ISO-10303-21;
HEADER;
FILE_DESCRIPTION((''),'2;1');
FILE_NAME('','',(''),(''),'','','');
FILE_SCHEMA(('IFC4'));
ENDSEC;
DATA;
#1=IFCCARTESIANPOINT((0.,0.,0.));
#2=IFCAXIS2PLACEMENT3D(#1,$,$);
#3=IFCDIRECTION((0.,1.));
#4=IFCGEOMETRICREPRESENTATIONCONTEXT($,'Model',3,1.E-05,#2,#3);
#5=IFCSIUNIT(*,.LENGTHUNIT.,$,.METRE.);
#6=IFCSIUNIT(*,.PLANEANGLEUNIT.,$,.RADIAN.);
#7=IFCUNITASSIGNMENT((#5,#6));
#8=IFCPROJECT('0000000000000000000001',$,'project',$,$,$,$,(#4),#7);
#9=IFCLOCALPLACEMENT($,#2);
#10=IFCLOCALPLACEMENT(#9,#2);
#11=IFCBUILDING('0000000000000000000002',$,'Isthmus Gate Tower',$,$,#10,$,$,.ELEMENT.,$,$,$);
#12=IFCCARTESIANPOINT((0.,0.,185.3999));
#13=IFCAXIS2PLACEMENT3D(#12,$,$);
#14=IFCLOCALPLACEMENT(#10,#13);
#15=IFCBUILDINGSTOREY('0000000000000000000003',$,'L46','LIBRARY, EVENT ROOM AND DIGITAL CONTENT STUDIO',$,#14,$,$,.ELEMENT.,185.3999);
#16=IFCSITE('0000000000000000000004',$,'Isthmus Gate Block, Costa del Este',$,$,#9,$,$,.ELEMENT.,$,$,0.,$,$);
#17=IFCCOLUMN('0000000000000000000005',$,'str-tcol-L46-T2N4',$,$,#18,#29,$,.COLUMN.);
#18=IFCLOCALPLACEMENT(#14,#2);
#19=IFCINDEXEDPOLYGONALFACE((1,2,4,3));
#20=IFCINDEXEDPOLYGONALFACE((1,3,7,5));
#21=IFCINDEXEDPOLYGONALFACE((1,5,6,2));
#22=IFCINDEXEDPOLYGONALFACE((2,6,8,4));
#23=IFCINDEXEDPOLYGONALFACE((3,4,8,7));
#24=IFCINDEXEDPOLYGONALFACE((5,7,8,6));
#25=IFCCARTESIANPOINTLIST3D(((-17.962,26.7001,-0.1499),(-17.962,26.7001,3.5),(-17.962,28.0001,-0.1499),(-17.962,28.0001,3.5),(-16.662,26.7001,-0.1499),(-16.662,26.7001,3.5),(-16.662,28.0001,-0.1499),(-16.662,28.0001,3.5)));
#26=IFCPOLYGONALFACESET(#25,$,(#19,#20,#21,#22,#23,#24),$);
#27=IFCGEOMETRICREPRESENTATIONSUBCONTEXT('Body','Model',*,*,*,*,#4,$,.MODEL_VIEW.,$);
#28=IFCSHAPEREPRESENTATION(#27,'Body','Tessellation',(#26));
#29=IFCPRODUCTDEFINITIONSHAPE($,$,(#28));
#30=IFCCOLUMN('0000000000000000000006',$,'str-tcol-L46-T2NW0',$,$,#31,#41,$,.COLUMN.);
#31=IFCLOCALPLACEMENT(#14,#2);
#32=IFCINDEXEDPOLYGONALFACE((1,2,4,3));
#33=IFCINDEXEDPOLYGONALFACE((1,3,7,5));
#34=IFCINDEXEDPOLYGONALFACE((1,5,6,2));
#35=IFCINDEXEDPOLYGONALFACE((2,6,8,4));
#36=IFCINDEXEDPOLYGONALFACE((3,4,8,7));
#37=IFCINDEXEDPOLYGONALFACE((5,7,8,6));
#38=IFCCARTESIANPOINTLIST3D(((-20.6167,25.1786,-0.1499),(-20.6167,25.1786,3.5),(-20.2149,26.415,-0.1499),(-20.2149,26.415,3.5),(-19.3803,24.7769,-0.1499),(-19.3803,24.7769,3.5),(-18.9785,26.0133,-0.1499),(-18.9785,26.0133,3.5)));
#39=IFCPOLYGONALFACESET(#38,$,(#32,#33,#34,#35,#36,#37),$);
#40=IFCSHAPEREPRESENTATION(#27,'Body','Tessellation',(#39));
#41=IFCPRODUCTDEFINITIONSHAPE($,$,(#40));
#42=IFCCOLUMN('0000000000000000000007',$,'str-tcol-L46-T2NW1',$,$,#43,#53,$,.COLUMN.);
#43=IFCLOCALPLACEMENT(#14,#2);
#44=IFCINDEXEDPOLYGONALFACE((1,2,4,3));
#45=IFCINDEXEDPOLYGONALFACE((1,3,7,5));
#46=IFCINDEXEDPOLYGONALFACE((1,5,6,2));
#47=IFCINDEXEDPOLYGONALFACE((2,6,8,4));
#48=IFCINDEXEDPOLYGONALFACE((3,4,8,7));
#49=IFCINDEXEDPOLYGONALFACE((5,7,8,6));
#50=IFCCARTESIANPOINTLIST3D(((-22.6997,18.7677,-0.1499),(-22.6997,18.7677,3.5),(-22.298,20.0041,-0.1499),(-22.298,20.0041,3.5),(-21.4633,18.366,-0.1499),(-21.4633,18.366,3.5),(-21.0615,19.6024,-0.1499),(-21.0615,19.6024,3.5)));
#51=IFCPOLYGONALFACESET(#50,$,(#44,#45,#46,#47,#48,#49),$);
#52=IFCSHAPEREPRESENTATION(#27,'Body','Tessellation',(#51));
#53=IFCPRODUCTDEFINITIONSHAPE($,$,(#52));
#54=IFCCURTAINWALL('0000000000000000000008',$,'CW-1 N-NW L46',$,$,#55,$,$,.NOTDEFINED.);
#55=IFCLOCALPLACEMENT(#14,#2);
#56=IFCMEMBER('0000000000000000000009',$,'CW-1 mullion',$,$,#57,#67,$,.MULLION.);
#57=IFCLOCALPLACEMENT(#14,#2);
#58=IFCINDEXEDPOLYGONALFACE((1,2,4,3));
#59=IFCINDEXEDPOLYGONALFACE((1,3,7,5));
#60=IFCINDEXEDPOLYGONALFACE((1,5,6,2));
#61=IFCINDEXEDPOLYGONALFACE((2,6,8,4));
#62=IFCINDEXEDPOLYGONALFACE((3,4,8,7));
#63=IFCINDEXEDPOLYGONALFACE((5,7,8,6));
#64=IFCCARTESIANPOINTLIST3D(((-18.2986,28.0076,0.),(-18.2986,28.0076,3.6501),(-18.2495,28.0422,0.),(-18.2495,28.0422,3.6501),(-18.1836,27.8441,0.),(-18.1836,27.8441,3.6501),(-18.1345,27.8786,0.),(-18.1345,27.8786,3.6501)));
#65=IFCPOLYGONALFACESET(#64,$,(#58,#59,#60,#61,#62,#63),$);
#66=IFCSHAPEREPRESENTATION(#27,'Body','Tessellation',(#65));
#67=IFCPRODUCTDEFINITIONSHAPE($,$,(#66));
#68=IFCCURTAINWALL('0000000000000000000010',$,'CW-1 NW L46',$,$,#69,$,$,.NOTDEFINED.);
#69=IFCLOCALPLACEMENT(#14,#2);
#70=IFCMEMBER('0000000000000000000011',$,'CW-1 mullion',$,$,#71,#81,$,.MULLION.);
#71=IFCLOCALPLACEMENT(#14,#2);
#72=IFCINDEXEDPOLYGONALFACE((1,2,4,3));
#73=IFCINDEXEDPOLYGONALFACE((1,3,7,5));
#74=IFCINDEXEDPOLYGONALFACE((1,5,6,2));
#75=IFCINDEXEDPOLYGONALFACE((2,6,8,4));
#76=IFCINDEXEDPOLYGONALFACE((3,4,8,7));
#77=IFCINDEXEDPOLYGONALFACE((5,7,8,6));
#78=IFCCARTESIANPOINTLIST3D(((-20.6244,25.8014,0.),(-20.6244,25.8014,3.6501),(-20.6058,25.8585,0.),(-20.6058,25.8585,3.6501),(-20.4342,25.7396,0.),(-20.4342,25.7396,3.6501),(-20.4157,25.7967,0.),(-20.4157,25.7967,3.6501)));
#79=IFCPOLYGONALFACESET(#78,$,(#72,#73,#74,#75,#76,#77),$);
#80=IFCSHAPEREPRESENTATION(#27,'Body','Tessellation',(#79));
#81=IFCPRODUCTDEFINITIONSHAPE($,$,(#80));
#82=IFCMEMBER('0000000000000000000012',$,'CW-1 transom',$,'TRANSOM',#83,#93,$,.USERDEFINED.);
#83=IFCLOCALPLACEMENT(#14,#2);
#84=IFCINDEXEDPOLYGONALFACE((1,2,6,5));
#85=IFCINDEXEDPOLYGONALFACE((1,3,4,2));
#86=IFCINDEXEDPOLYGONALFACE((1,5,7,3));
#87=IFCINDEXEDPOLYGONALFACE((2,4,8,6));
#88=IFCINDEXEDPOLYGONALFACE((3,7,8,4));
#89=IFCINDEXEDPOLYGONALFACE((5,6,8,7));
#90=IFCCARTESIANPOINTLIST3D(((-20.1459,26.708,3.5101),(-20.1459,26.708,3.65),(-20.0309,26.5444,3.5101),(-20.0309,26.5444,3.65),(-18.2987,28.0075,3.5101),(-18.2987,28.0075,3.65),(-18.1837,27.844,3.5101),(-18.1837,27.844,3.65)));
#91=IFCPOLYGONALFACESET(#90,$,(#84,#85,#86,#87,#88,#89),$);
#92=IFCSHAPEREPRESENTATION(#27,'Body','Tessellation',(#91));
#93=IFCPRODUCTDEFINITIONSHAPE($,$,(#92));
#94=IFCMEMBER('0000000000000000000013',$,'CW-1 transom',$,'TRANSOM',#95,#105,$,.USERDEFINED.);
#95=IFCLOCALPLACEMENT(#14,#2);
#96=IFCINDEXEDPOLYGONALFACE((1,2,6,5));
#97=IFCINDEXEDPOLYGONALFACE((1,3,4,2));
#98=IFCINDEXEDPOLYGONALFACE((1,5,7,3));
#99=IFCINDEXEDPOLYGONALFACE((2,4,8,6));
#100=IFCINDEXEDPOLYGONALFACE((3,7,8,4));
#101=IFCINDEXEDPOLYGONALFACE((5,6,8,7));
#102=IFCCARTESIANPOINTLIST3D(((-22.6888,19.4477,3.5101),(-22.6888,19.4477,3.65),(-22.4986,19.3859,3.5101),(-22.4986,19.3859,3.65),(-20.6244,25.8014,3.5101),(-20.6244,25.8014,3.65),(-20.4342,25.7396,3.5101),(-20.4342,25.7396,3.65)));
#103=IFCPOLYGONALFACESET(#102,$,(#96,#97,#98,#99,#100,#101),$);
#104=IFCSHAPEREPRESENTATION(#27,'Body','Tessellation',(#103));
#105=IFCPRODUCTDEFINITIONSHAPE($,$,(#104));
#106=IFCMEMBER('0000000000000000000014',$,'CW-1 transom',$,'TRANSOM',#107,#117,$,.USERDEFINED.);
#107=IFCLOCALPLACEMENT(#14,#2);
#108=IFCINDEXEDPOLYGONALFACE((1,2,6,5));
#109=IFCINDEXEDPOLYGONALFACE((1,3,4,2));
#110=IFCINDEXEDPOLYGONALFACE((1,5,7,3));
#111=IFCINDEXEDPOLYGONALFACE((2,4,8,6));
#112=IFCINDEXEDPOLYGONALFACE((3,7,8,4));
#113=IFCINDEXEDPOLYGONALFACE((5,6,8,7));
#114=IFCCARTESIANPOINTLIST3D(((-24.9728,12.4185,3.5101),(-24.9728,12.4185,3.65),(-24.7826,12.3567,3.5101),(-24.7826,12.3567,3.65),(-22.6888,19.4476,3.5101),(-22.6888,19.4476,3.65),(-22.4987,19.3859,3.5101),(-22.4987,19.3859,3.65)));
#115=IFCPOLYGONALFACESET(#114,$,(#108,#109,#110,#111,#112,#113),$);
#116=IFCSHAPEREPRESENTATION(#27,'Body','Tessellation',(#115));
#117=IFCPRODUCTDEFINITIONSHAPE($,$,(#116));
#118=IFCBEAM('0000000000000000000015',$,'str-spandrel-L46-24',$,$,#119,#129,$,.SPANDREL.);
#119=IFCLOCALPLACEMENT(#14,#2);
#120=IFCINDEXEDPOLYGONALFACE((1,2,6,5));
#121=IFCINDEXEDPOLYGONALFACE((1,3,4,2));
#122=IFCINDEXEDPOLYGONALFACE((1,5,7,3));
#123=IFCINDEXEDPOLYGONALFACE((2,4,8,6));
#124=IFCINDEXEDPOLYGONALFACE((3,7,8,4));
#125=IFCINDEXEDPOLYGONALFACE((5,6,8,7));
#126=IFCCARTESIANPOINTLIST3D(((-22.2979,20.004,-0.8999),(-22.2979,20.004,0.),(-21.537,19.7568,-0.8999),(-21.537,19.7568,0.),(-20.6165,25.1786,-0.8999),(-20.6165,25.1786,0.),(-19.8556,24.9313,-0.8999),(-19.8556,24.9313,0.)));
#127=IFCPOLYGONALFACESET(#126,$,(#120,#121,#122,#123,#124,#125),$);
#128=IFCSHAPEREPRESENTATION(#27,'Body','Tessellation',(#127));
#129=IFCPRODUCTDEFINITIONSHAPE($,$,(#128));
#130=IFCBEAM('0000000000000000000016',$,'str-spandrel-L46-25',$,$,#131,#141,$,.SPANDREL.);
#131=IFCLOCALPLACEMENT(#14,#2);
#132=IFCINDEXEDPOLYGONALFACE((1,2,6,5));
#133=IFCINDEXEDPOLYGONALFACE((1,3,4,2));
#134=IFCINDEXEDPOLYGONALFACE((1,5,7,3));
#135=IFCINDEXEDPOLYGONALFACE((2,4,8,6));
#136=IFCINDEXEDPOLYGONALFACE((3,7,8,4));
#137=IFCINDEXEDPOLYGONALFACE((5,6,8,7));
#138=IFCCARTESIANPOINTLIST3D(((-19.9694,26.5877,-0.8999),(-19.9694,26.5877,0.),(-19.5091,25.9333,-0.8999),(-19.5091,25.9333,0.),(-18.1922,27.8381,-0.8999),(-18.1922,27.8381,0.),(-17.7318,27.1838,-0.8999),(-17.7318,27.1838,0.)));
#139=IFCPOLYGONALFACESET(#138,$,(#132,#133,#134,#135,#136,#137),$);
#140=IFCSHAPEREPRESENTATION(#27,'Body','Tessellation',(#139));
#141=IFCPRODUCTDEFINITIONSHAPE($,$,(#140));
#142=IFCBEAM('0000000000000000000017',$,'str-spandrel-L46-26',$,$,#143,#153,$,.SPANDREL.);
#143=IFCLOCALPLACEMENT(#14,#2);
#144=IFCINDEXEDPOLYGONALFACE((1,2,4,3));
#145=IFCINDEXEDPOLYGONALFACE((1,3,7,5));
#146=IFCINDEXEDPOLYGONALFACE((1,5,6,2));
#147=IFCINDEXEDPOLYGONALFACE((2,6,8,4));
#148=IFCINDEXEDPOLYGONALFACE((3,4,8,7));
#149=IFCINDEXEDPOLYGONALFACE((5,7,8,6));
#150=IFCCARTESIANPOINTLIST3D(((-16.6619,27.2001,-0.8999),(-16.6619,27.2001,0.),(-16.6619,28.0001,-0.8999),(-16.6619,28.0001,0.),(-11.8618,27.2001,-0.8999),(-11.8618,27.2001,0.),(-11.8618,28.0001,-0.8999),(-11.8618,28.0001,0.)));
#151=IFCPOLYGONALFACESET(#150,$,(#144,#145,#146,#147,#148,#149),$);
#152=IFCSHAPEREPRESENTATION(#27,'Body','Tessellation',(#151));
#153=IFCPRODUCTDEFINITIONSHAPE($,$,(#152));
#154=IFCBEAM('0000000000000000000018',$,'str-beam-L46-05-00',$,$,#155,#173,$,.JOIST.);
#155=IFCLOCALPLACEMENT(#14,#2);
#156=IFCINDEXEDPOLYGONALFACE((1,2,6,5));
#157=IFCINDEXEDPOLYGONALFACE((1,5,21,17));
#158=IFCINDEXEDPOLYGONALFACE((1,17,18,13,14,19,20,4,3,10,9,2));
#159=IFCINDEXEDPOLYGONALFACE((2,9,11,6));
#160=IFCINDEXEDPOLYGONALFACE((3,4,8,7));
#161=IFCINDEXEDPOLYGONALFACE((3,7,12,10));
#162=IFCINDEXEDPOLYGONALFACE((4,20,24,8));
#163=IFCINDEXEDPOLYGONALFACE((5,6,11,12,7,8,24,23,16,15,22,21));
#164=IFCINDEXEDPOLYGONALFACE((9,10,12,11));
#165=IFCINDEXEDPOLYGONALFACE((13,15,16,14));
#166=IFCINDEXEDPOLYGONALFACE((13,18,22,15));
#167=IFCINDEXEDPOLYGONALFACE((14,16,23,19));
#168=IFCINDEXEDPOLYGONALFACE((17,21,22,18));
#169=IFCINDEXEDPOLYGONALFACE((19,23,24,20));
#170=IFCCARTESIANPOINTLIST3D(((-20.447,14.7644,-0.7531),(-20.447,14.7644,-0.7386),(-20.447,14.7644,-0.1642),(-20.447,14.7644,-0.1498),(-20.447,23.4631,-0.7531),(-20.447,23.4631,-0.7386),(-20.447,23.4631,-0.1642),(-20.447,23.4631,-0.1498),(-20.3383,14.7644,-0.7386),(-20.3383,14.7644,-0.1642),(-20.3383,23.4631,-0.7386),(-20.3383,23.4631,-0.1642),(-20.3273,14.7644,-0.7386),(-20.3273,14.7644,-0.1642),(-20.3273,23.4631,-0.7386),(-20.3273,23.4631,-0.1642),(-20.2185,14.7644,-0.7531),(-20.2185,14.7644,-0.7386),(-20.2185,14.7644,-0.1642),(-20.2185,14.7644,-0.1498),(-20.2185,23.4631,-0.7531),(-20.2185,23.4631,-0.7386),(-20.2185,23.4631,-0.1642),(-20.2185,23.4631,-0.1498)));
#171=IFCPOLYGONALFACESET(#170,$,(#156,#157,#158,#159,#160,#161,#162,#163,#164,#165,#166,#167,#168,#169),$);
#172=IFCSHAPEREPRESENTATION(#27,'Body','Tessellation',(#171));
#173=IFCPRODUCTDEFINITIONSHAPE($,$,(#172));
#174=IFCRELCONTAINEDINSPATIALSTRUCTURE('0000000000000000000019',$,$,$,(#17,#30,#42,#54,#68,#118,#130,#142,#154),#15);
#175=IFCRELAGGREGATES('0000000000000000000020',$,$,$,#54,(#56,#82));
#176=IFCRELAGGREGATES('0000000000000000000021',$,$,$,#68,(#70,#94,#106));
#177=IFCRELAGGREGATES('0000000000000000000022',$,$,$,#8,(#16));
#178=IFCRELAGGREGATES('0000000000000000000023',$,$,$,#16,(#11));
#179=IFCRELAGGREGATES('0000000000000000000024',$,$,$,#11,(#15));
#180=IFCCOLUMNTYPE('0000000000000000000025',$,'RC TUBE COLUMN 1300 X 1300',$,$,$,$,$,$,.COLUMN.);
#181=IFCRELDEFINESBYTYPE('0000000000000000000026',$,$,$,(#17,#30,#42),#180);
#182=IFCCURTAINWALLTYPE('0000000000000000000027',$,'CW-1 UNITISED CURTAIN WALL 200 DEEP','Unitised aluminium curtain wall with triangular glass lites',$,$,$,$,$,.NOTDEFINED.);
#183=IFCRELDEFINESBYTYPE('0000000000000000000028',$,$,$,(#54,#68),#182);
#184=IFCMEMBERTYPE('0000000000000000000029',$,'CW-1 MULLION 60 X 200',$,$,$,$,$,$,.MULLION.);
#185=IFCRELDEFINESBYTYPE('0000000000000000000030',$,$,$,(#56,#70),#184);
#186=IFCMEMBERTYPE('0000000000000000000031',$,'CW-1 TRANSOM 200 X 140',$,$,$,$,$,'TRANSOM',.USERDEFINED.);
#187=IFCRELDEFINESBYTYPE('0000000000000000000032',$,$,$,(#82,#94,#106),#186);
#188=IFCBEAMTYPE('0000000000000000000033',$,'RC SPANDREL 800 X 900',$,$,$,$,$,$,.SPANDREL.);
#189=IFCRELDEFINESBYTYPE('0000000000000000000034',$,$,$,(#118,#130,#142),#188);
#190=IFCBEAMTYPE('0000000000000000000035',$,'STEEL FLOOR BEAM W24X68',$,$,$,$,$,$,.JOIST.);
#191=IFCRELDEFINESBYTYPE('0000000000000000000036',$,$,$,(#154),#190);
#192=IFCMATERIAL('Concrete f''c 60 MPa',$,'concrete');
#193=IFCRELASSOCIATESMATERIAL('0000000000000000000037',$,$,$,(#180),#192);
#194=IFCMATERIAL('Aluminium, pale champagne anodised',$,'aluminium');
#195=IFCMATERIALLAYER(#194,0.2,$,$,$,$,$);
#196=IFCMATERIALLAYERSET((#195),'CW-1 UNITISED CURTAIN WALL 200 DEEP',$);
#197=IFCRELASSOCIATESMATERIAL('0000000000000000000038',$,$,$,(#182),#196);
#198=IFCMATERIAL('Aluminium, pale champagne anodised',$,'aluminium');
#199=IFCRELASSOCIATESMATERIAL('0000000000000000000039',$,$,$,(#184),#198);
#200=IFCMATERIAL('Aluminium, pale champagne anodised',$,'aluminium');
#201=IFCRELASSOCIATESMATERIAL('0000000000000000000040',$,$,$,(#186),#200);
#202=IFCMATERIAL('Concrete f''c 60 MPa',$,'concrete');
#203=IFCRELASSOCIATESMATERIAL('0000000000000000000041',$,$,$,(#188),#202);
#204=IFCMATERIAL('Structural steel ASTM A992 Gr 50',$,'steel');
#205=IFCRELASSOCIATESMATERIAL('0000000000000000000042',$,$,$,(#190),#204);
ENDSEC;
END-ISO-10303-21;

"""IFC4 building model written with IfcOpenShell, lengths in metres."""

from ifc_helpers import new_model, si_unit, direction, frame, origin, origin_2d, place, context, subcontext, project, spatial, rectangle, i_section, extrude, material, layer, layer_set, material_profile, profile_set, type_object, element, aggregate, save


model = new_model("IFC4")

# Units and contexts
model_context = context("Model", 3, precision=1e-05, world=origin(), true_north=direction((0.0, 1.0)))
body_context = subcontext(model_context, "Body", "Model", "MODEL_VIEW")
ifc_project = project(units=[si_unit("LENGTHUNIT", "METRE"), si_unit("PLANEANGLEUNIT", "RADIAN")], contexts=[model_context])

# Site, building, storey
site_placement = place(None, origin())
site = spatial("IfcSite", under=ifc_project, at=site_placement, Name="Isthmus Gate Block, Costa del Este", CompositionType="ELEMENT", RefElevation=0.0)
building_placement = place(site_placement, origin())
building = spatial("IfcBuilding", under=site, at=building_placement, Name="Isthmus Gate Tower", CompositionType="ELEMENT")
storey_placement = place(building_placement, frame((0.0, 0.0, 185.3999)))
storey = spatial("IfcBuildingStorey", under=building, at=storey_placement, Name="L46", Description="LIBRARY, EVENT ROOM AND DIGITAL CONTENT STUDIO", CompositionType="ELEMENT", Elevation=185.3999)

# Columns
ifc_material_1 = material(Name="Concrete f'c 60 MPa", Category="concrete")
ifc_material_profile_1 = material_profile(ifc_material_1, rectangle(XDim=1.3, YDim=1.3, at=origin_2d()), Name="RC 1300X1300")
ifc_profile_set_1 = profile_set([ifc_material_profile_1], Name="Concrete f'c 60 MPa")
column_type = type_object("IfcColumnType", Name="RC TUBE COLUMN 1300 X 1300", PredefinedType="COLUMN", material=ifc_profile_set_1)
for number, where, z_axis, x_axis, name in (
    (1, (-17.312, 27.3501, -0.1499), (0.0, 0.0, 1.0), (-1.0, 0.0, 0.0), "str-tcol-L46-T2N4"),
    (2, (-19.7976, 25.5959, -0.1499), (0.0, 0.0, 1.0), (-0.309017, -0.951057, 0.0), "str-tcol-L46-T2NW0"),
    (3, (-21.8806, 19.1851, -0.1499), (0.0, 0.0, 1.0), (-0.309017, -0.951057, 0.0), "str-tcol-L46-T2NW1"),
):
    element("IfcColumn", number, at=place(storey_placement, frame(where, z_axis=z_axis, x_axis=x_axis)), inside=storey, type_object=column_type, Name=name, PredefinedType="COLUMN", context=body_context, shape_type="SweptSolid", body=[
        extrude(rectangle(XDim=1.3, YDim=1.3, at=origin_2d()), origin(), (0.0, 0.0, 1.0), 3.6499),
    ])

# Curtain walls, members
ifc_material_2 = material(Name="Aluminium, pale champagne anodised", Category="aluminium")
ifc_layer_1 = layer(ifc_material_2, 0.2)
ifc_layer_set_1 = layer_set([ifc_layer_1], Name="CW-1 UNITISED CURTAIN WALL 200 DEEP")
curtain_wall_type = type_object("IfcCurtainWallType", Name="CW-1 UNITISED CURTAIN WALL 200 DEEP", Description="Unitised aluminium curtain wall with triangular glass lites", PredefinedType="NOTDEFINED", material=ifc_layer_set_1)
curtain_wall_1_placement = place(storey_placement, origin())
curtain_wall_1 = element("IfcCurtainWall", 4, at=curtain_wall_1_placement, inside=storey, type_object=curtain_wall_type, Name="CW-1 N-NW L46", PredefinedType="NOTDEFINED")
ifc_material_3 = material(Name="Aluminium, pale champagne anodised", Category="aluminium")
ifc_material_profile_2 = material_profile(ifc_material_3, rectangle(XDim=0.0601, YDim=0.2, at=origin_2d()), Name="60x200")
ifc_profile_set_2 = profile_set([ifc_material_profile_2], Name="Aluminium, pale champagne anodised")
member_type_1 = type_object("IfcMemberType", Name="CW-1 MULLION 60 X 200", PredefinedType="MULLION", material=ifc_profile_set_2)
member_1_placement = place(storey_placement, frame((-18.2166, 27.9431, 0.0), z_axis=(0.0, 0.0, 1.0), x_axis=(-0.81786, -0.575418, 0.0)))
member_1 = element("IfcMember", 5, at=member_1_placement, type_object=member_type_1, Name="CW-1 mullion", PredefinedType="MULLION", context=body_context, shape_type="SweptSolid", body=[
    extrude(rectangle(XDim=0.0601, YDim=0.2, at=origin_2d()), origin(), (0.0, 0.0, 1.0), 3.6501),
])
curtain_wall_2_placement = place(storey_placement, origin())
curtain_wall_2 = element("IfcCurtainWall", 6, at=curtain_wall_2_placement, inside=storey, type_object=curtain_wall_type, Name="CW-1 NW L46", PredefinedType="NOTDEFINED")
member_2_placement = place(storey_placement, frame((-20.52, 25.7991, 0.0), z_axis=(0.0, 0.0, 1.0), x_axis=(-0.309017, -0.951057, 0.0)))
member_2 = element("IfcMember", 7, at=member_2_placement, type_object=member_type_1, Name="CW-1 mullion", PredefinedType="MULLION", context=body_context, shape_type="SweptSolid", body=[
    extrude(rectangle(XDim=0.0601, YDim=0.2, at=origin_2d()), origin(), (0.0, 0.0, 1.0), 3.6501),
])

# Members
ifc_material_4 = material(Name="Aluminium, pale champagne anodised", Category="aluminium")
ifc_material_profile_3 = material_profile(ifc_material_4, rectangle(XDim=0.2, YDim=0.1399, at=origin_2d()), Name="200x140")
ifc_profile_set_3 = profile_set([ifc_material_profile_3], Name="Aluminium, pale champagne anodised")
member_type_2 = type_object("IfcMemberType", Name="CW-1 TRANSOM 200 X 140", ElementType="TRANSOM", PredefinedType="USERDEFINED", material=ifc_profile_set_3)
member_3_placement = place(storey_placement, frame((-18.2412, 27.9258, 3.5801), z_axis=(-0.817869, -0.575405, 0.0), x_axis=(0.575405, -0.817869, 0.0)))
member_3 = element("IfcMember", 8, at=member_3_placement, type_object=member_type_2, Name="CW-1 transom", ObjectType="TRANSOM", PredefinedType="USERDEFINED", context=body_context, shape_type="SweptSolid", body=[
    extrude(rectangle(XDim=0.2, YDim=0.1399, at=origin_2d()), origin(), (0.0, 0.0, 1.0), 2.2585),
])
member_4_placement = place(storey_placement, frame((-20.5293, 25.7705, 3.5801), z_axis=(-0.309016, -0.951057, 0.0), x_axis=(0.951057, -0.309016, 0.0)))
member_4 = element("IfcMember", 9, at=member_4_placement, type_object=member_type_2, Name="CW-1 transom", ObjectType="TRANSOM", PredefinedType="USERDEFINED", context=body_context, shape_type="SweptSolid", body=[
    extrude(rectangle(XDim=0.2, YDim=0.1399, at=origin_2d()), origin(), (0.0, 0.0, 1.0), 6.6807),
])
member_5_placement = place(storey_placement, frame((-22.5938, 19.4167, 3.5801), z_axis=(-0.309024, -0.951054, 0.0), x_axis=(0.951054, -0.309024, 0.0)))
member_5 = element("IfcMember", 10, at=member_5_placement, type_object=member_type_2, Name="CW-1 transom", ObjectType="TRANSOM", PredefinedType="USERDEFINED", context=body_context, shape_type="SweptSolid", body=[
    extrude(rectangle(XDim=0.2, YDim=0.1399, at=origin_2d()), origin(), (0.0, 0.0, 1.0), 7.3909),
])

# Beams
ifc_material_5 = material(Name="Concrete f'c 60 MPa", Category="concrete")
ifc_material_profile_4 = material_profile(ifc_material_5, rectangle(XDim=0.8, YDim=0.8999, at=origin_2d()), Name="RC 800X900")
ifc_profile_set_4 = profile_set([ifc_material_profile_4], Name="Concrete f'c 60 MPa")
beam_type_1 = type_object("IfcBeamType", Name="RC SPANDREL 800 X 900", PredefinedType="SPANDREL", material=ifc_profile_set_4)
beam_1_placement = place(storey_placement, frame((-21.9175, 19.8804, -0.45), z_axis=(0.30903, 0.951052, 0.0), x_axis=(-0.951052, 0.30903, 0.0)))
element("IfcBeam", 11, at=beam_1_placement, inside=storey, type_object=beam_type_1, Name="str-spandrel-L46-24", PredefinedType="SPANDREL", context=body_context, shape_type="SweptSolid", body=[
    extrude(rectangle(XDim=0.8, YDim=0.8999, at=origin_2d()), origin(), (0.0, 0.0, 1.0), 5.4409),
])
beam_2_placement = place(storey_placement, frame((-19.7393, 26.2605, -0.45), z_axis=(0.817857, 0.575421, 0.0), x_axis=(-0.575421, 0.817857, 0.0)))
element("IfcBeam", 12, at=beam_2_placement, inside=storey, type_object=beam_type_1, Name="str-spandrel-L46-25", PredefinedType="SPANDREL", context=body_context, shape_type="SweptSolid", body=[
    extrude(rectangle(XDim=0.8, YDim=0.8999, at=origin_2d()), origin(), (0.0, 0.0, 1.0), 2.1731),
])
beam_3_placement = place(storey_placement, frame((-16.6619, 27.6001, -0.45), z_axis=(1.0, 0.0, 0.0), x_axis=(0.0, 1.0, 0.0)))
element("IfcBeam", 13, at=beam_3_placement, inside=storey, type_object=beam_type_1, Name="str-spandrel-L46-26", PredefinedType="SPANDREL", context=body_context, shape_type="SweptSolid", body=[
    extrude(rectangle(XDim=0.8, YDim=0.8999, at=origin_2d()), origin(), (0.0, 0.0, 1.0), 4.8),
])
ifc_material_6 = material(Name="Structural steel ASTM A992 Gr 50", Category="steel")
ifc_material_profile_5 = material_profile(ifc_material_6, i_section(OverallWidth=0.2285, OverallDepth=0.6033, WebThickness=0.011, FlangeThickness=0.0144, at=origin_2d()), Name="W24X68")
ifc_profile_set_5 = profile_set([ifc_material_profile_5], Name="Structural steel ASTM A992 Gr 50")
beam_type_2 = type_object("IfcBeamType", Name="STEEL FLOOR BEAM W24X68", PredefinedType="JOIST", material=ifc_profile_set_5)
beam_4_placement = place(storey_placement, frame((-20.3328, 14.7644, -0.4514), z_axis=(0.0, 1.0, 0.0), x_axis=(-1.0, 0.0, 0.0)))
element("IfcBeam", 14, at=beam_4_placement, inside=storey, type_object=beam_type_2, Name="str-beam-L46-05-00", PredefinedType="JOIST", context=body_context, shape_type="SweptSolid", body=[
    extrude(i_section(OverallWidth=0.2285, OverallDepth=0.6033, WebThickness=0.011, FlangeThickness=0.0144, at=origin_2d()), origin(), (0.0, 0.0, 1.0), 8.6987),
])

aggregate(curtain_wall_1, [member_1, member_3])

aggregate(curtain_wall_2, [member_2, member_4, member_5])

save(model, "model.ifc")
